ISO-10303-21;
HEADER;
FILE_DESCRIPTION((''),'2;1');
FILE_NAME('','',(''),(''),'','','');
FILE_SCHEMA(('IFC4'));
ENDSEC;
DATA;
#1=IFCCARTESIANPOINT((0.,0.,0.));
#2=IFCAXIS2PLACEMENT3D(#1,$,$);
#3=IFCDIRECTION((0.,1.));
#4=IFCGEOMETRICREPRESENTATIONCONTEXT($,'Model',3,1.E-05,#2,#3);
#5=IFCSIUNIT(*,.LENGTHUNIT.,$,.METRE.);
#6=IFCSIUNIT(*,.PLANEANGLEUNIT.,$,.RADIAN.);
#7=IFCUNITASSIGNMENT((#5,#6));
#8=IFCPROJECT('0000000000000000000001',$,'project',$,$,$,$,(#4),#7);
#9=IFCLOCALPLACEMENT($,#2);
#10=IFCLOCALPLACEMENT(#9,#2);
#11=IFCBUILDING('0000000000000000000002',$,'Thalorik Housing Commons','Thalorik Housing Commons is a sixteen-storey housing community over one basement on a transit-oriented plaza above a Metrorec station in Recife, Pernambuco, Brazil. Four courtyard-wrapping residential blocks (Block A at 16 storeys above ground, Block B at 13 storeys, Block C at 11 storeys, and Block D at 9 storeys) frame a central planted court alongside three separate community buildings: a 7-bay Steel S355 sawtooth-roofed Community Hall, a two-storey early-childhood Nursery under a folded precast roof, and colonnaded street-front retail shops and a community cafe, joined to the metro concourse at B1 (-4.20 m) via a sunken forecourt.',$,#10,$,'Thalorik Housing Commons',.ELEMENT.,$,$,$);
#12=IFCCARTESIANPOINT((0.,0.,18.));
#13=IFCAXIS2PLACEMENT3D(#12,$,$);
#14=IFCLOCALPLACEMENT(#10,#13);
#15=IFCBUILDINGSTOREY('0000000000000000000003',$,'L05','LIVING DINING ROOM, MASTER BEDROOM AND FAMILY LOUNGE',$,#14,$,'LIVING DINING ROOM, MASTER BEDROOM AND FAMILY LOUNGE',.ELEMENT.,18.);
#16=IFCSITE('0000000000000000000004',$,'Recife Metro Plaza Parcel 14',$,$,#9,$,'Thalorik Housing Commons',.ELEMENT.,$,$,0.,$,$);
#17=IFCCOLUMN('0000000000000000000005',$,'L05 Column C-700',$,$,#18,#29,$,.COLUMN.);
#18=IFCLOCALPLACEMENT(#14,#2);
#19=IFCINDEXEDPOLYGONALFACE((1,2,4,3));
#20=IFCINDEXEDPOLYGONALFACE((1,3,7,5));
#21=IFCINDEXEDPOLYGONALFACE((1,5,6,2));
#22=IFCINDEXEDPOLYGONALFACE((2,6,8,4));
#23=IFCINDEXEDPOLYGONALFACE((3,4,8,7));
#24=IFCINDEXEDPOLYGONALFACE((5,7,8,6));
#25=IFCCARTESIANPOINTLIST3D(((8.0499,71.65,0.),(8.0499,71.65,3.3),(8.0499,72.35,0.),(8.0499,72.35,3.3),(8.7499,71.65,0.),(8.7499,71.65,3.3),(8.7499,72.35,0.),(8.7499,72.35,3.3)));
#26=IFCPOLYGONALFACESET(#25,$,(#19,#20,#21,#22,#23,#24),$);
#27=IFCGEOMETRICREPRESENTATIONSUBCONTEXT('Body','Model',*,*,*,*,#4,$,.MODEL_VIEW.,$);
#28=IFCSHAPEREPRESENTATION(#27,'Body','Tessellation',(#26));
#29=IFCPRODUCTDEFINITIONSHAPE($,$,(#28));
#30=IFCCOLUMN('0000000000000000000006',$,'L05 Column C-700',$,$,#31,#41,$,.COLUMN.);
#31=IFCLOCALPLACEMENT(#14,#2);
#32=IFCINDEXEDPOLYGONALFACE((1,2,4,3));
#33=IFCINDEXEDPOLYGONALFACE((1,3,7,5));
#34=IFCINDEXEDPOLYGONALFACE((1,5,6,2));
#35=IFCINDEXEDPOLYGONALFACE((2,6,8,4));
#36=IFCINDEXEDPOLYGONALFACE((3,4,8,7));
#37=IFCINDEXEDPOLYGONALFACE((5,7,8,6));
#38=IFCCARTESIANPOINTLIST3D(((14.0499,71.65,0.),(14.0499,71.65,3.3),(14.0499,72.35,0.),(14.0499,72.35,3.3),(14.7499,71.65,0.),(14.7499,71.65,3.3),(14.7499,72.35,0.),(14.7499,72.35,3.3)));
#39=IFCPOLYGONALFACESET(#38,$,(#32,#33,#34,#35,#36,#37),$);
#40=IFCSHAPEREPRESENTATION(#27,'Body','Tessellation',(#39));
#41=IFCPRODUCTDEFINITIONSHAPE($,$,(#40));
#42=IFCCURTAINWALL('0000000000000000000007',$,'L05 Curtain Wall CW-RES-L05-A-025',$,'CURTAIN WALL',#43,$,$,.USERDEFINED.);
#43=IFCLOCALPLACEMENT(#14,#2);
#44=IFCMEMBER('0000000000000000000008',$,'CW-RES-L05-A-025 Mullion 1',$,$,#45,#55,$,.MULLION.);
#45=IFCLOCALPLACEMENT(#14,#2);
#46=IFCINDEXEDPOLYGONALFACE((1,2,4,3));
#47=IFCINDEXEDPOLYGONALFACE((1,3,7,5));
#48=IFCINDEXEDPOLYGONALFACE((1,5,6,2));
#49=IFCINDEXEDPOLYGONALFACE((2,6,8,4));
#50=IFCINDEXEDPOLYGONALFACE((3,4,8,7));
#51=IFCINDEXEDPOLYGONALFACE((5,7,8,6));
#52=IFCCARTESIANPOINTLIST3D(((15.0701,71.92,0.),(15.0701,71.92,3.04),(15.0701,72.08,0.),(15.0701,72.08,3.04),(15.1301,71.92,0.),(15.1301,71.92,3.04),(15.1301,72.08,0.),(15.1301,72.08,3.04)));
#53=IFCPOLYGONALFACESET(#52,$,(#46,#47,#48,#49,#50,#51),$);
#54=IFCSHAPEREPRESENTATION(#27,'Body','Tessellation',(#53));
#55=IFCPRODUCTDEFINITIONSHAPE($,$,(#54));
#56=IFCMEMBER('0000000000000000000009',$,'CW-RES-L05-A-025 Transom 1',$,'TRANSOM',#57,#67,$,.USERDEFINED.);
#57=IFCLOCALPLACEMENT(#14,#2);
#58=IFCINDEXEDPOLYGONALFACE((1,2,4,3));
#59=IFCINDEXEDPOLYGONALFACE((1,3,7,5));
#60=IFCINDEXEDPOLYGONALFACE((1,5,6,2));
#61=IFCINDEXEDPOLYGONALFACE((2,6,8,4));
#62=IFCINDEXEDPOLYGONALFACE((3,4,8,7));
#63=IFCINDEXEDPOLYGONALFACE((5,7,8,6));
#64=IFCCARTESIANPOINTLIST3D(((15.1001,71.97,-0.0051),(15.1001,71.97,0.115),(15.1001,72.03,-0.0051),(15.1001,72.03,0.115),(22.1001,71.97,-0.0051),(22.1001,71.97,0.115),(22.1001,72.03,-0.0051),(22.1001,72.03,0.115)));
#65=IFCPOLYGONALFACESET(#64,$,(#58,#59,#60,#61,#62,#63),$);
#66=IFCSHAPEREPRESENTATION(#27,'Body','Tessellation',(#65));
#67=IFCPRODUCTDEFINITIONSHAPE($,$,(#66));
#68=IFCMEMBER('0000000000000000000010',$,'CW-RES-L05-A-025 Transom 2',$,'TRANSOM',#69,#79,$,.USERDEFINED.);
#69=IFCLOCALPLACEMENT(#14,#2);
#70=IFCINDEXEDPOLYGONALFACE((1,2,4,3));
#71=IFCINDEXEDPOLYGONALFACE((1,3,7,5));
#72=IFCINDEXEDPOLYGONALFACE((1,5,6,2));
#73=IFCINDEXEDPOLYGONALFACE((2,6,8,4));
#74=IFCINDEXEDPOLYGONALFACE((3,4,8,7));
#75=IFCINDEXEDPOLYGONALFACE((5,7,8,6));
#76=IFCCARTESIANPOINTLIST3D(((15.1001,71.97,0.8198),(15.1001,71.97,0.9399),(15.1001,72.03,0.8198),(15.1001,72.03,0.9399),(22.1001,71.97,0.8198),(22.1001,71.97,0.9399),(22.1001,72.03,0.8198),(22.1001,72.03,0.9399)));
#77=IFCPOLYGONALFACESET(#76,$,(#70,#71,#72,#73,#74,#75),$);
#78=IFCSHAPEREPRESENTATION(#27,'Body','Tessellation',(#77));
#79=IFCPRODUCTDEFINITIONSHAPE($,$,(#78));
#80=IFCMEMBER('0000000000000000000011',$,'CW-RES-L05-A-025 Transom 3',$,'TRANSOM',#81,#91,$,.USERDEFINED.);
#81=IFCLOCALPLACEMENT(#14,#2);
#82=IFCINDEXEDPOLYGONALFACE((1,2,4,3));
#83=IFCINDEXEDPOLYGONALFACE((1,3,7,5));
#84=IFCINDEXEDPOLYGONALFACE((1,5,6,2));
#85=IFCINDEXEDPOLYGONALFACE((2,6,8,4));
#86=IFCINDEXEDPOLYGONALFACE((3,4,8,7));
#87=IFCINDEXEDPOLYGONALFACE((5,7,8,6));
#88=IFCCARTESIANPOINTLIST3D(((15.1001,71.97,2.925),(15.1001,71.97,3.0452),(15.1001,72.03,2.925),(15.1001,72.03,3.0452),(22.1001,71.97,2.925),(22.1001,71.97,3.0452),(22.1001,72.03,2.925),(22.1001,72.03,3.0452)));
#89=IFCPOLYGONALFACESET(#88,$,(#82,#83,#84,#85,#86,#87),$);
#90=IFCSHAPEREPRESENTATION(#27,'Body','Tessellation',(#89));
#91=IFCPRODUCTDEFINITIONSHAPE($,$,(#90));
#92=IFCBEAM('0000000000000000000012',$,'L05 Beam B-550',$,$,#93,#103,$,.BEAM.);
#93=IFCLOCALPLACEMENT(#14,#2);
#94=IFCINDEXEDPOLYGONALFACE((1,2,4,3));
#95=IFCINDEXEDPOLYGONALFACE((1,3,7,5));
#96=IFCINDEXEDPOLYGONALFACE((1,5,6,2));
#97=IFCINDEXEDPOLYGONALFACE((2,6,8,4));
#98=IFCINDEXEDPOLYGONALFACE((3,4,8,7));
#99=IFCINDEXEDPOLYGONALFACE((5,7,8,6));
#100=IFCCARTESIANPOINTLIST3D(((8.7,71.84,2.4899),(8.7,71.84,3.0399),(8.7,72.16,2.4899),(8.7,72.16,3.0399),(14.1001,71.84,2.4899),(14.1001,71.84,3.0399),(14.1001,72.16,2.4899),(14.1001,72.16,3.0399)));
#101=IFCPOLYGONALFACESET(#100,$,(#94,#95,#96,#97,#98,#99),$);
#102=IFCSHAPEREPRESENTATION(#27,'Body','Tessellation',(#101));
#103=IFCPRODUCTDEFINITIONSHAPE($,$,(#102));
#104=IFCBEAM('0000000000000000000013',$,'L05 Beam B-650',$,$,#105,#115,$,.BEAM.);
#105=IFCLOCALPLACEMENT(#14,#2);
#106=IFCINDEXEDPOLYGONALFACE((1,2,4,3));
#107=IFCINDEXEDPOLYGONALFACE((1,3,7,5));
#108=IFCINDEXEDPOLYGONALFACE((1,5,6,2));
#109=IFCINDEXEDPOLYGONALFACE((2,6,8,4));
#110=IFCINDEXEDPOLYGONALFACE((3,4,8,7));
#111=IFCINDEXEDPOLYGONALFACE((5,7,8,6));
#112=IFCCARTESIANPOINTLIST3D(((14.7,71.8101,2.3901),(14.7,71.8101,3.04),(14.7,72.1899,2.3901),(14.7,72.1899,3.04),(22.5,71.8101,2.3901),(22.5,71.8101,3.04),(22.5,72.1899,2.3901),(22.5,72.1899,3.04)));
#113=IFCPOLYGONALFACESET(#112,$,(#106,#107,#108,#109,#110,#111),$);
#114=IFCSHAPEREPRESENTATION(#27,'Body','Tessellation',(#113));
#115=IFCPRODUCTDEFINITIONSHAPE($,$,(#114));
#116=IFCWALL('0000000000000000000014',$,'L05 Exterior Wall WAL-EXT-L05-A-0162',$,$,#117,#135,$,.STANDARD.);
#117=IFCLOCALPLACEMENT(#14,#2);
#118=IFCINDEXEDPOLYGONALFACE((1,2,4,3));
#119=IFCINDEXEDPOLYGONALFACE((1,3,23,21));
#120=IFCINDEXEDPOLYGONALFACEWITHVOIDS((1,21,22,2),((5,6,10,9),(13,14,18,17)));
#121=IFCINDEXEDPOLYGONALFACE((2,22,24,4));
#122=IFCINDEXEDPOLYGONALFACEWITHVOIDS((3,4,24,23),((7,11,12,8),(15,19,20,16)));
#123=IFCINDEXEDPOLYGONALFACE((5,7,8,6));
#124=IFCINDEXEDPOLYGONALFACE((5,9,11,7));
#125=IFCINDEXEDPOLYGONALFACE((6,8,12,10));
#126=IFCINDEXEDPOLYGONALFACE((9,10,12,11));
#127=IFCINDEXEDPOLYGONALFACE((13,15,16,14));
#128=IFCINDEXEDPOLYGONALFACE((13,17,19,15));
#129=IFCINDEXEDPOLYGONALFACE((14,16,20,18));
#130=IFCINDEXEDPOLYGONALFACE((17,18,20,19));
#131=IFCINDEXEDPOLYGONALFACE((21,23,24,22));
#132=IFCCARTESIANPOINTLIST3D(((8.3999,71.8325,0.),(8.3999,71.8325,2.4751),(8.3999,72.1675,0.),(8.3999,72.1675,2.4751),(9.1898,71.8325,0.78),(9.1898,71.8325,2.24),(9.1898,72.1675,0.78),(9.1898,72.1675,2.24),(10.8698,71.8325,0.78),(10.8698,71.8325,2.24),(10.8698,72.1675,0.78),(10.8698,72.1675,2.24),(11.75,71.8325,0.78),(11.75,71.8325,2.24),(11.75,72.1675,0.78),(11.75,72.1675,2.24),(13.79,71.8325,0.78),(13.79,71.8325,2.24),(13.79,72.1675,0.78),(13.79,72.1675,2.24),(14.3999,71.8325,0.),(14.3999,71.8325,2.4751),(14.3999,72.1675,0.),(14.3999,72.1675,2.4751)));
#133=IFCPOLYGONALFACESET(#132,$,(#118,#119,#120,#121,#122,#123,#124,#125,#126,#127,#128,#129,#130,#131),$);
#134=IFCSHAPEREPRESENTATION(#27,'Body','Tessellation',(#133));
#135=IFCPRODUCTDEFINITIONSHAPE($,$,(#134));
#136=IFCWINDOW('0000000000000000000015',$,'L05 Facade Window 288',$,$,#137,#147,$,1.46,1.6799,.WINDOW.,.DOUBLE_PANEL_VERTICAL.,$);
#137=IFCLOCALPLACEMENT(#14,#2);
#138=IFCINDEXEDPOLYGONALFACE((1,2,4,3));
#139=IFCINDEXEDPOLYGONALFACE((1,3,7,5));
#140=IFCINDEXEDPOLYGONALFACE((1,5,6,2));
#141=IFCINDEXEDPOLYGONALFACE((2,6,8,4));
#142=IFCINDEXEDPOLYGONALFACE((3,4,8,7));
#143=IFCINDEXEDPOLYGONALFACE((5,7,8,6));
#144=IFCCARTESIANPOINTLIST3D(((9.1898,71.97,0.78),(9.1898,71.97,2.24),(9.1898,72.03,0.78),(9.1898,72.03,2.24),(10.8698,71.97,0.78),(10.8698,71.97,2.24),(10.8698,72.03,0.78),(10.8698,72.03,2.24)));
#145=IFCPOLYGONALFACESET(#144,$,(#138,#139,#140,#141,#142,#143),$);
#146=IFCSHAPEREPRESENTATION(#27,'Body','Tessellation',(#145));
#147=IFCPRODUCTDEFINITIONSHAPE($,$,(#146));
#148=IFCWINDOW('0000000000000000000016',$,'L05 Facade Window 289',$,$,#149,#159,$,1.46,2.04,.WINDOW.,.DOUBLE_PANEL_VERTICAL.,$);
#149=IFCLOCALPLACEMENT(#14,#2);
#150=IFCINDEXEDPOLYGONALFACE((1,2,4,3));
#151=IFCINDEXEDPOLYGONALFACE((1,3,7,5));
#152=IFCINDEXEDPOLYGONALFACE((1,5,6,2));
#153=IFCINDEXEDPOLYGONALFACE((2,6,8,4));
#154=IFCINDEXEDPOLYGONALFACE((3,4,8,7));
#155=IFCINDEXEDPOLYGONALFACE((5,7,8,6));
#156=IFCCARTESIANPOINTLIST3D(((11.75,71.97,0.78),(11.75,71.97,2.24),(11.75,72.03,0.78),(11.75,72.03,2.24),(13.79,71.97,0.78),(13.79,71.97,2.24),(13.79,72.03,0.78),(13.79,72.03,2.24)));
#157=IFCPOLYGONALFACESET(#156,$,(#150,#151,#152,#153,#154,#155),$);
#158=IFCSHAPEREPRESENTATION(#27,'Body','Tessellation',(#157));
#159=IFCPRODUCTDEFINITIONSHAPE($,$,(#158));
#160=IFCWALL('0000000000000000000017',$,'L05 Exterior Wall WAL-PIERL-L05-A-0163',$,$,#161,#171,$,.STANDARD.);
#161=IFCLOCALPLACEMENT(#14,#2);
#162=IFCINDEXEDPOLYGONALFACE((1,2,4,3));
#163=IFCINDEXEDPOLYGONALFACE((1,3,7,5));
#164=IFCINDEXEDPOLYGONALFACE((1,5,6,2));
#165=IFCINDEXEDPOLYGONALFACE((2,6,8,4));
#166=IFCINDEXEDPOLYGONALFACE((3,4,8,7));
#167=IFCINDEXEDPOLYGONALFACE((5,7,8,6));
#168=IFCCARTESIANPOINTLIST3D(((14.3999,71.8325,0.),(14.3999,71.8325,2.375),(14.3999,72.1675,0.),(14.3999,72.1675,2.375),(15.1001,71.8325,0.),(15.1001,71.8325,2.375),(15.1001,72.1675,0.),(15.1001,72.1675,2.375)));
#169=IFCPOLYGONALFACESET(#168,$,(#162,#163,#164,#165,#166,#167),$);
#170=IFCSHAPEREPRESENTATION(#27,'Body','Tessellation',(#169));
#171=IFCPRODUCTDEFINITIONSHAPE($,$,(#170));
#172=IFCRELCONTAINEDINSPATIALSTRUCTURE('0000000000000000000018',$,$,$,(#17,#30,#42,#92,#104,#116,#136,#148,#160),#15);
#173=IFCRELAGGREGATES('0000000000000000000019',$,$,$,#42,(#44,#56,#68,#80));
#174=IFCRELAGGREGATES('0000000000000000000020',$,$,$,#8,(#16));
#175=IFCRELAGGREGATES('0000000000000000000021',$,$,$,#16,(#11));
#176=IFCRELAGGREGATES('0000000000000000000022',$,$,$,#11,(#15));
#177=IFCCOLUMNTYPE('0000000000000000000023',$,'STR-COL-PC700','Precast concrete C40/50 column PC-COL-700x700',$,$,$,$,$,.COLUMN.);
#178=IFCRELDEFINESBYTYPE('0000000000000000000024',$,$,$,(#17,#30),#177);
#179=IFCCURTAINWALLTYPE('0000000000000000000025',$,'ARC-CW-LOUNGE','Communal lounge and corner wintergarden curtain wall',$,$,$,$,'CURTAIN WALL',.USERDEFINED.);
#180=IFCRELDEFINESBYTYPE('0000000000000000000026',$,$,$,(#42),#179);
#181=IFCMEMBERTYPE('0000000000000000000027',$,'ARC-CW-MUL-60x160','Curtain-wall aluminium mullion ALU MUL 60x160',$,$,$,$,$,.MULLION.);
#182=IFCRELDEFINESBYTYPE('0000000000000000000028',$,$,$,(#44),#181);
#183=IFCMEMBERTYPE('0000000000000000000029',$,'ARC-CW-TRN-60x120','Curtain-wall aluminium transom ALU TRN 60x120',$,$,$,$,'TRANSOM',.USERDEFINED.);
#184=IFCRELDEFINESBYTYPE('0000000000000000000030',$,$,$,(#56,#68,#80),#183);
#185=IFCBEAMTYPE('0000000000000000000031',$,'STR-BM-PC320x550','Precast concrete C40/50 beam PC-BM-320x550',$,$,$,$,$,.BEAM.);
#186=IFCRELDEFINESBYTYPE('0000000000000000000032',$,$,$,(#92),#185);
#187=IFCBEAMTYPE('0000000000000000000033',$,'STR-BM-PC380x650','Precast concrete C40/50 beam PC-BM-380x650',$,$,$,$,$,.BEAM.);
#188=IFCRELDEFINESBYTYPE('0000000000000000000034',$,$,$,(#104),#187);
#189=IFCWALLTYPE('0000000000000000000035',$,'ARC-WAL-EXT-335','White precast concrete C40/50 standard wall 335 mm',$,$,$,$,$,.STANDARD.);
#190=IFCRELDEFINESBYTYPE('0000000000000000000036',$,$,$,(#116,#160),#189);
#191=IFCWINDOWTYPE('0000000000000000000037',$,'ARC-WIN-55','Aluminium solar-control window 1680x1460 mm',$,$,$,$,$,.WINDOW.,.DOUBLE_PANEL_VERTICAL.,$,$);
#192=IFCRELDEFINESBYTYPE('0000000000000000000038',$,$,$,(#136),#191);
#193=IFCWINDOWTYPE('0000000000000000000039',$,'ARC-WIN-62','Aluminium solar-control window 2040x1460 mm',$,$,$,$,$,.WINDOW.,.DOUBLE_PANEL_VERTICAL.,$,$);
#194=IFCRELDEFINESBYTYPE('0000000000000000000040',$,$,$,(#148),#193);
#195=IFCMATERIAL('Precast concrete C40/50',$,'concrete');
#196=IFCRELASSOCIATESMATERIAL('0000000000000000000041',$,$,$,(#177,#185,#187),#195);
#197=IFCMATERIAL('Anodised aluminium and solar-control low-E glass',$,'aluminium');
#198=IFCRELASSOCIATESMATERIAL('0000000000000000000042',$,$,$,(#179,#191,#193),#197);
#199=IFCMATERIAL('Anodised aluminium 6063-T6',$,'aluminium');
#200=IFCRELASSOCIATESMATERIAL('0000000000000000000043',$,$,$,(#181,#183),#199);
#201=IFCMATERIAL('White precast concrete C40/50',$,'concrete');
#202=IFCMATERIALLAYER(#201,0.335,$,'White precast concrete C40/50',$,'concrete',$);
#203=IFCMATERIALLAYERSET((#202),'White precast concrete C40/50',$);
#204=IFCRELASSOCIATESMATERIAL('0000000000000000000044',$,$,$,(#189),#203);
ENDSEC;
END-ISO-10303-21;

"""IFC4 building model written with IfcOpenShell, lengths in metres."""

from ifc_helpers import new_model, si_unit, direction, frame, frame_2d, origin, origin_2d, place, context, subcontext, project, spatial, rectangle, extrude, material, layer, layer_set, material_profile, profile_set, type_object, element, fill, aggregate, save


model = new_model("IFC4")

# Units and contexts
model_context = context("Model", 3, precision=1e-05, world=origin(), true_north=direction((0.0, 1.0)))
body_context = subcontext(model_context, "Body", "Model", "MODEL_VIEW")
ifc_project = project(units=[si_unit("LENGTHUNIT", "METRE"), si_unit("PLANEANGLEUNIT", "RADIAN")], contexts=[model_context])

# Site, building, storey
site_placement = place(None, origin())
site = spatial("IfcSite", under=ifc_project, at=site_placement, Name="Recife Metro Plaza Parcel 14", LongName="Thalorik Housing Commons", CompositionType="ELEMENT", RefElevation=0.0)
building_placement = place(site_placement, origin())
building = spatial("IfcBuilding", under=site, at=building_placement, Name="Thalorik Housing Commons", Description="Thalorik Housing Commons is a sixteen-storey housing community over one basement on a transit-oriented plaza above a Metrorec station in Recife, Pernambuco, Brazil. Four courtyard-wrapping residential blocks (Block A at 16 storeys above ground, Block B at 13 storeys, Block C at 11 storeys, and Block D at 9 storeys) frame a central planted court alongside three separate community buildings: a 7-bay Steel S355 sawtooth-roofed Community Hall, a two-storey early-childhood Nursery under a folded precast roof, and colonnaded street-front retail shops and a community cafe, joined to the metro concourse at B1 (-4.20 m) via a sunken forecourt.", LongName="Thalorik Housing Commons", CompositionType="ELEMENT")
storey_placement = place(building_placement, frame((0.0, 0.0, 18.0)))
storey = spatial("IfcBuildingStorey", under=building, at=storey_placement, Name="L05", Description="LIVING DINING ROOM, MASTER BEDROOM AND FAMILY LOUNGE", LongName="LIVING DINING ROOM, MASTER BEDROOM AND FAMILY LOUNGE", CompositionType="ELEMENT", Elevation=18.0)

# Columns
ifc_material_1 = material(Name="Precast concrete C40/50", Category="concrete")
ifc_material_profile_1 = material_profile(ifc_material_1, rectangle(XDim=0.7, YDim=0.7, at=origin_2d()), Name="PC 700x700", Category="concrete")
ifc_profile_set_1 = profile_set([ifc_material_profile_1], Name="Precast concrete C40/50")
column_type = type_object("IfcColumnType", Name="STR-COL-PC700", Description="Precast concrete C40/50 column PC-COL-700x700", PredefinedType="COLUMN", material=ifc_profile_set_1)
for number, where, z_axis, x_axis, name in (
    (1, (8.3999, 72.0, 0.0), (0.0, 0.0, 1.0), (1.0, 0.0, 0.0), "L05 Column C-700"),
    (2, (14.3999, 72.0, 0.0), (0.0, 0.0, 1.0), (1.0, 0.0, 0.0), "L05 Column C-700"),
):
    element("IfcColumn", number, at=place(storey_placement, frame(where, z_axis=z_axis, x_axis=x_axis)), inside=storey, type_object=column_type, Name=name, PredefinedType="COLUMN", context=body_context, shape_type="SweptSolid", body=[
        extrude(rectangle(XDim=0.7, YDim=0.7, at=origin_2d()), origin(), (0.0, 0.0, 1.0), 3.3),
    ])

# Curtain wall, members
ifc_material_2 = material(Name="Anodised aluminium and solar-control low-E glass", Category="aluminium")
curtain_wall_type = type_object("IfcCurtainWallType", Name="ARC-CW-LOUNGE", Description="Communal lounge and corner wintergarden curtain wall", ElementType="CURTAIN WALL", PredefinedType="USERDEFINED", material=ifc_material_2)
curtain_wall_placement = place(storey_placement, origin())
curtain_wall = element("IfcCurtainWall", 3, at=curtain_wall_placement, inside=storey, type_object=curtain_wall_type, Name="L05 Curtain Wall CW-RES-L05-A-025", ObjectType="CURTAIN WALL", PredefinedType="USERDEFINED")
ifc_material_3 = material(Name="Anodised aluminium 6063-T6", Category="aluminium")
ifc_material_profile_2 = material_profile(ifc_material_3, rectangle(XDim=0.0601, YDim=0.1599, at=origin_2d()), Name="ALU MUL 60x160", Category="aluminium")
ifc_profile_set_2 = profile_set([ifc_material_profile_2], Name="Anodised aluminium 6063-T6")
member_type_1 = type_object("IfcMemberType", Name="ARC-CW-MUL-60x160", Description="Curtain-wall aluminium mullion ALU MUL 60x160", PredefinedType="MULLION", material=ifc_profile_set_2)
member_1_placement = place(storey_placement, frame((15.1001, 72.0, 0.0), z_axis=(0.0, 0.0, 1.0), x_axis=(1.0, 0.0, 0.0)))
member_1 = element("IfcMember", 4, at=member_1_placement, type_object=member_type_1, Name="CW-RES-L05-A-025 Mullion 1", PredefinedType="MULLION", context=body_context, shape_type="SweptSolid", body=[
    extrude(rectangle(XDim=0.0601, YDim=0.1599, at=origin_2d()), origin(), (0.0, 0.0, 1.0), 3.04),
])
ifc_material_profile_3 = material_profile(ifc_material_3, rectangle(XDim=0.0601, YDim=0.1201, at=origin_2d()), Name="ALU TRN 60x120", Category="aluminium")
ifc_profile_set_3 = profile_set([ifc_material_profile_3], Name="Anodised aluminium 6063-T6")
member_type_2 = type_object("IfcMemberType", Name="ARC-CW-TRN-60x120", Description="Curtain-wall aluminium transom ALU TRN 60x120", ElementType="TRANSOM", PredefinedType="USERDEFINED", material=ifc_profile_set_3)
member_2_placement = place(storey_placement, frame((15.1001, 72.0, 0.0549), z_axis=(1.0, 0.0, 0.0), x_axis=(0.0, 1.0, 0.0)))
member_2 = element("IfcMember", 5, at=member_2_placement, type_object=member_type_2, Name="CW-RES-L05-A-025 Transom 1", ObjectType="TRANSOM", PredefinedType="USERDEFINED", context=body_context, shape_type="SweptSolid", body=[
    extrude(rectangle(XDim=0.0601, YDim=0.1201, at=origin_2d()), origin(), (0.0, 0.0, 1.0), 7.0),
])
member_3_placement = place(storey_placement, frame((15.1001, 72.0, 0.8799), z_axis=(1.0, 0.0, 0.0), x_axis=(0.0, 1.0, 0.0)))
member_3 = element("IfcMember", 6, at=member_3_placement, type_object=member_type_2, Name="CW-RES-L05-A-025 Transom 2", ObjectType="TRANSOM", PredefinedType="USERDEFINED", context=body_context, shape_type="SweptSolid", body=[
    extrude(rectangle(XDim=0.0601, YDim=0.1201, at=origin_2d()), origin(), (0.0, 0.0, 1.0), 7.0),
])
member_4_placement = place(storey_placement, frame((15.1001, 72.0, 2.9851), z_axis=(1.0, 0.0, 0.0), x_axis=(0.0, 1.0, 0.0)))
member_4 = element("IfcMember", 7, at=member_4_placement, type_object=member_type_2, Name="CW-RES-L05-A-025 Transom 3", ObjectType="TRANSOM", PredefinedType="USERDEFINED", context=body_context, shape_type="SweptSolid", body=[
    extrude(rectangle(XDim=0.0601, YDim=0.1201, at=origin_2d()), origin(), (0.0, 0.0, 1.0), 7.0),
])
aggregate(curtain_wall, [member_1, member_2, member_3, member_4])

# Beams
ifc_material_profile_4 = material_profile(ifc_material_1, rectangle(XDim=0.3201, YDim=0.55, at=origin_2d()), Name="PC 320x550", Category="concrete")
ifc_profile_set_4 = profile_set([ifc_material_profile_4], Name="Precast concrete C40/50")
beam_type_1 = type_object("IfcBeamType", Name="STR-BM-PC320x550", Description="Precast concrete C40/50 beam PC-BM-320x550", PredefinedType="BEAM", material=ifc_profile_set_4)
beam_1_placement = place(storey_placement, frame((8.7, 72.0, 2.7649), z_axis=(1.0, 0.0, 0.0), x_axis=(0.0, 1.0, 0.0)))
element("IfcBeam", 8, at=beam_1_placement, inside=storey, type_object=beam_type_1, Name="L05 Beam B-550", PredefinedType="BEAM", context=body_context, shape_type="SweptSolid", body=[
    extrude(rectangle(XDim=0.3201, YDim=0.55, at=origin_2d()), origin(), (0.0, 0.0, 1.0), 5.4001),
])
ifc_material_profile_5 = material_profile(ifc_material_1, rectangle(XDim=0.3799, YDim=0.6499, at=origin_2d()), Name="PC 380x650", Category="concrete")
ifc_profile_set_5 = profile_set([ifc_material_profile_5], Name="Precast concrete C40/50")
beam_type_2 = type_object("IfcBeamType", Name="STR-BM-PC380x650", Description="Precast concrete C40/50 beam PC-BM-380x650", PredefinedType="BEAM", material=ifc_profile_set_5)
beam_2_placement = place(storey_placement, frame((14.7, 72.0, 2.7151), z_axis=(1.0, 0.0, 0.0), x_axis=(0.0, 1.0, 0.0)))
element("IfcBeam", 9, at=beam_2_placement, inside=storey, type_object=beam_type_2, Name="L05 Beam B-650", PredefinedType="BEAM", context=body_context, shape_type="SweptSolid", body=[
    extrude(rectangle(XDim=0.3799, YDim=0.6499, at=origin_2d()), origin(), (0.0, 0.0, 1.0), 7.8),
])

# Wall, openings, windows
ifc_material_4 = material(Name="White precast concrete C40/50", Category="concrete")
ifc_layer_1 = layer(ifc_material_4, 0.335, Name="White precast concrete C40/50", Category="concrete")
ifc_layer_set_1 = layer_set([ifc_layer_1], Name="White precast concrete C40/50")
wall_type = type_object("IfcWallType", Name="ARC-WAL-EXT-335", Description="White precast concrete C40/50 standard wall 335 mm", PredefinedType="STANDARD", material=ifc_layer_set_1)
wall_1_placement = place(storey_placement, frame((8.3999, 72.0, 0.0), z_axis=(0.0, 0.0, 1.0), x_axis=(1.0, 0.0, 0.0)))
wall_1 = element("IfcWall", 10, at=wall_1_placement, inside=storey, type_object=wall_type, Name="L05 Exterior Wall WAL-EXT-L05-A-0162", PredefinedType="STANDARD", context=body_context, shape_type="SweptSolid", body=[
    extrude(rectangle(XDim=6.0, YDim=0.335, at=frame_2d((3.0, 0.0))), origin(), (0.0, 0.0, 1.0), 2.4751),
])
opening_1_placement = place(wall_1_placement, frame((0.79, 0.0, 0.78)))
opening_1 = element("IfcOpeningElement", 11, at=opening_1_placement, cuts=wall_1, PredefinedType="OPENING", context=body_context, shape_type="SweptSolid", body=[
    extrude(rectangle(XDim=1.6799, YDim=1.46, at=frame_2d((0.8398, 0.73))), frame((0.0, 0.1775, 0.0), z_axis=(0.0, -1.0, 0.0), x_axis=(1.0, 0.0, 0.0)), (0.0, 0.0, 1.0), 0.355),
])
opening_2_placement = place(wall_1_placement, frame((3.3501, 0.0, 0.78)))
opening_2 = element("IfcOpeningElement", 12, at=opening_2_placement, cuts=wall_1, PredefinedType="OPENING", context=body_context, shape_type="SweptSolid", body=[
    extrude(rectangle(XDim=2.04, YDim=1.46, at=frame_2d((1.02, 0.73))), frame((0.0, 0.1775, 0.0), z_axis=(0.0, -1.0, 0.0), x_axis=(1.0, 0.0, 0.0)), (0.0, 0.0, 1.0), 0.355),
])
window_type_1 = type_object("IfcWindowType", Name="ARC-WIN-55", Description="Aluminium solar-control window 1680x1460 mm", PartitioningType="DOUBLE_PANEL_VERTICAL", PredefinedType="WINDOW", material=ifc_material_2)
window_1_placement = place(opening_1_placement, origin())
window_1 = element("IfcWindow", 13, at=window_1_placement, inside=storey, type_object=window_type_1, Name="L05 Facade Window 288", OverallHeight=1.46, OverallWidth=1.6799, PartitioningType="DOUBLE_PANEL_VERTICAL", PredefinedType="WINDOW", context=body_context, shape_type="SweptSolid", body=[
    extrude(rectangle(XDim=1.6799, YDim=1.46, at=frame_2d((0.8398, 0.73))), frame((0.0, 0.03, 0.0), z_axis=(0.0, -1.0, 0.0), x_axis=(1.0, 0.0, 0.0)), (0.0, 0.0, 1.0), 0.0601),
])
fill(opening_1, window_1)
window_type_2 = type_object("IfcWindowType", Name="ARC-WIN-62", Description="Aluminium solar-control window 2040x1460 mm", PartitioningType="DOUBLE_PANEL_VERTICAL", PredefinedType="WINDOW", material=ifc_material_2)
window_2_placement = place(opening_2_placement, origin())
window_2 = element("IfcWindow", 14, at=window_2_placement, inside=storey, type_object=window_type_2, Name="L05 Facade Window 289", OverallHeight=1.46, OverallWidth=2.04, PartitioningType="DOUBLE_PANEL_VERTICAL", PredefinedType="WINDOW", context=body_context, shape_type="SweptSolid", body=[
    extrude(rectangle(XDim=2.04, YDim=1.46, at=frame_2d((1.02, 0.73))), frame((0.0, 0.03, 0.0), z_axis=(0.0, -1.0, 0.0), x_axis=(1.0, 0.0, 0.0)), (0.0, 0.0, 1.0), 0.0601),
])
fill(opening_2, window_2)

# Wall
wall_2_placement = place(storey_placement, frame((14.3999, 72.0, 0.0), z_axis=(0.0, 0.0, 1.0), x_axis=(1.0, 0.0, 0.0)))
element("IfcWall", 15, at=wall_2_placement, inside=storey, type_object=wall_type, Name="L05 Exterior Wall WAL-PIERL-L05-A-0163", PredefinedType="STANDARD", context=body_context, shape_type="SweptSolid", body=[
    extrude(rectangle(XDim=0.7002, YDim=0.335, at=frame_2d((0.3501, 0.0))), origin(), (0.0, 0.0, 1.0), 2.375),
])

save(model, "model.ifc")
